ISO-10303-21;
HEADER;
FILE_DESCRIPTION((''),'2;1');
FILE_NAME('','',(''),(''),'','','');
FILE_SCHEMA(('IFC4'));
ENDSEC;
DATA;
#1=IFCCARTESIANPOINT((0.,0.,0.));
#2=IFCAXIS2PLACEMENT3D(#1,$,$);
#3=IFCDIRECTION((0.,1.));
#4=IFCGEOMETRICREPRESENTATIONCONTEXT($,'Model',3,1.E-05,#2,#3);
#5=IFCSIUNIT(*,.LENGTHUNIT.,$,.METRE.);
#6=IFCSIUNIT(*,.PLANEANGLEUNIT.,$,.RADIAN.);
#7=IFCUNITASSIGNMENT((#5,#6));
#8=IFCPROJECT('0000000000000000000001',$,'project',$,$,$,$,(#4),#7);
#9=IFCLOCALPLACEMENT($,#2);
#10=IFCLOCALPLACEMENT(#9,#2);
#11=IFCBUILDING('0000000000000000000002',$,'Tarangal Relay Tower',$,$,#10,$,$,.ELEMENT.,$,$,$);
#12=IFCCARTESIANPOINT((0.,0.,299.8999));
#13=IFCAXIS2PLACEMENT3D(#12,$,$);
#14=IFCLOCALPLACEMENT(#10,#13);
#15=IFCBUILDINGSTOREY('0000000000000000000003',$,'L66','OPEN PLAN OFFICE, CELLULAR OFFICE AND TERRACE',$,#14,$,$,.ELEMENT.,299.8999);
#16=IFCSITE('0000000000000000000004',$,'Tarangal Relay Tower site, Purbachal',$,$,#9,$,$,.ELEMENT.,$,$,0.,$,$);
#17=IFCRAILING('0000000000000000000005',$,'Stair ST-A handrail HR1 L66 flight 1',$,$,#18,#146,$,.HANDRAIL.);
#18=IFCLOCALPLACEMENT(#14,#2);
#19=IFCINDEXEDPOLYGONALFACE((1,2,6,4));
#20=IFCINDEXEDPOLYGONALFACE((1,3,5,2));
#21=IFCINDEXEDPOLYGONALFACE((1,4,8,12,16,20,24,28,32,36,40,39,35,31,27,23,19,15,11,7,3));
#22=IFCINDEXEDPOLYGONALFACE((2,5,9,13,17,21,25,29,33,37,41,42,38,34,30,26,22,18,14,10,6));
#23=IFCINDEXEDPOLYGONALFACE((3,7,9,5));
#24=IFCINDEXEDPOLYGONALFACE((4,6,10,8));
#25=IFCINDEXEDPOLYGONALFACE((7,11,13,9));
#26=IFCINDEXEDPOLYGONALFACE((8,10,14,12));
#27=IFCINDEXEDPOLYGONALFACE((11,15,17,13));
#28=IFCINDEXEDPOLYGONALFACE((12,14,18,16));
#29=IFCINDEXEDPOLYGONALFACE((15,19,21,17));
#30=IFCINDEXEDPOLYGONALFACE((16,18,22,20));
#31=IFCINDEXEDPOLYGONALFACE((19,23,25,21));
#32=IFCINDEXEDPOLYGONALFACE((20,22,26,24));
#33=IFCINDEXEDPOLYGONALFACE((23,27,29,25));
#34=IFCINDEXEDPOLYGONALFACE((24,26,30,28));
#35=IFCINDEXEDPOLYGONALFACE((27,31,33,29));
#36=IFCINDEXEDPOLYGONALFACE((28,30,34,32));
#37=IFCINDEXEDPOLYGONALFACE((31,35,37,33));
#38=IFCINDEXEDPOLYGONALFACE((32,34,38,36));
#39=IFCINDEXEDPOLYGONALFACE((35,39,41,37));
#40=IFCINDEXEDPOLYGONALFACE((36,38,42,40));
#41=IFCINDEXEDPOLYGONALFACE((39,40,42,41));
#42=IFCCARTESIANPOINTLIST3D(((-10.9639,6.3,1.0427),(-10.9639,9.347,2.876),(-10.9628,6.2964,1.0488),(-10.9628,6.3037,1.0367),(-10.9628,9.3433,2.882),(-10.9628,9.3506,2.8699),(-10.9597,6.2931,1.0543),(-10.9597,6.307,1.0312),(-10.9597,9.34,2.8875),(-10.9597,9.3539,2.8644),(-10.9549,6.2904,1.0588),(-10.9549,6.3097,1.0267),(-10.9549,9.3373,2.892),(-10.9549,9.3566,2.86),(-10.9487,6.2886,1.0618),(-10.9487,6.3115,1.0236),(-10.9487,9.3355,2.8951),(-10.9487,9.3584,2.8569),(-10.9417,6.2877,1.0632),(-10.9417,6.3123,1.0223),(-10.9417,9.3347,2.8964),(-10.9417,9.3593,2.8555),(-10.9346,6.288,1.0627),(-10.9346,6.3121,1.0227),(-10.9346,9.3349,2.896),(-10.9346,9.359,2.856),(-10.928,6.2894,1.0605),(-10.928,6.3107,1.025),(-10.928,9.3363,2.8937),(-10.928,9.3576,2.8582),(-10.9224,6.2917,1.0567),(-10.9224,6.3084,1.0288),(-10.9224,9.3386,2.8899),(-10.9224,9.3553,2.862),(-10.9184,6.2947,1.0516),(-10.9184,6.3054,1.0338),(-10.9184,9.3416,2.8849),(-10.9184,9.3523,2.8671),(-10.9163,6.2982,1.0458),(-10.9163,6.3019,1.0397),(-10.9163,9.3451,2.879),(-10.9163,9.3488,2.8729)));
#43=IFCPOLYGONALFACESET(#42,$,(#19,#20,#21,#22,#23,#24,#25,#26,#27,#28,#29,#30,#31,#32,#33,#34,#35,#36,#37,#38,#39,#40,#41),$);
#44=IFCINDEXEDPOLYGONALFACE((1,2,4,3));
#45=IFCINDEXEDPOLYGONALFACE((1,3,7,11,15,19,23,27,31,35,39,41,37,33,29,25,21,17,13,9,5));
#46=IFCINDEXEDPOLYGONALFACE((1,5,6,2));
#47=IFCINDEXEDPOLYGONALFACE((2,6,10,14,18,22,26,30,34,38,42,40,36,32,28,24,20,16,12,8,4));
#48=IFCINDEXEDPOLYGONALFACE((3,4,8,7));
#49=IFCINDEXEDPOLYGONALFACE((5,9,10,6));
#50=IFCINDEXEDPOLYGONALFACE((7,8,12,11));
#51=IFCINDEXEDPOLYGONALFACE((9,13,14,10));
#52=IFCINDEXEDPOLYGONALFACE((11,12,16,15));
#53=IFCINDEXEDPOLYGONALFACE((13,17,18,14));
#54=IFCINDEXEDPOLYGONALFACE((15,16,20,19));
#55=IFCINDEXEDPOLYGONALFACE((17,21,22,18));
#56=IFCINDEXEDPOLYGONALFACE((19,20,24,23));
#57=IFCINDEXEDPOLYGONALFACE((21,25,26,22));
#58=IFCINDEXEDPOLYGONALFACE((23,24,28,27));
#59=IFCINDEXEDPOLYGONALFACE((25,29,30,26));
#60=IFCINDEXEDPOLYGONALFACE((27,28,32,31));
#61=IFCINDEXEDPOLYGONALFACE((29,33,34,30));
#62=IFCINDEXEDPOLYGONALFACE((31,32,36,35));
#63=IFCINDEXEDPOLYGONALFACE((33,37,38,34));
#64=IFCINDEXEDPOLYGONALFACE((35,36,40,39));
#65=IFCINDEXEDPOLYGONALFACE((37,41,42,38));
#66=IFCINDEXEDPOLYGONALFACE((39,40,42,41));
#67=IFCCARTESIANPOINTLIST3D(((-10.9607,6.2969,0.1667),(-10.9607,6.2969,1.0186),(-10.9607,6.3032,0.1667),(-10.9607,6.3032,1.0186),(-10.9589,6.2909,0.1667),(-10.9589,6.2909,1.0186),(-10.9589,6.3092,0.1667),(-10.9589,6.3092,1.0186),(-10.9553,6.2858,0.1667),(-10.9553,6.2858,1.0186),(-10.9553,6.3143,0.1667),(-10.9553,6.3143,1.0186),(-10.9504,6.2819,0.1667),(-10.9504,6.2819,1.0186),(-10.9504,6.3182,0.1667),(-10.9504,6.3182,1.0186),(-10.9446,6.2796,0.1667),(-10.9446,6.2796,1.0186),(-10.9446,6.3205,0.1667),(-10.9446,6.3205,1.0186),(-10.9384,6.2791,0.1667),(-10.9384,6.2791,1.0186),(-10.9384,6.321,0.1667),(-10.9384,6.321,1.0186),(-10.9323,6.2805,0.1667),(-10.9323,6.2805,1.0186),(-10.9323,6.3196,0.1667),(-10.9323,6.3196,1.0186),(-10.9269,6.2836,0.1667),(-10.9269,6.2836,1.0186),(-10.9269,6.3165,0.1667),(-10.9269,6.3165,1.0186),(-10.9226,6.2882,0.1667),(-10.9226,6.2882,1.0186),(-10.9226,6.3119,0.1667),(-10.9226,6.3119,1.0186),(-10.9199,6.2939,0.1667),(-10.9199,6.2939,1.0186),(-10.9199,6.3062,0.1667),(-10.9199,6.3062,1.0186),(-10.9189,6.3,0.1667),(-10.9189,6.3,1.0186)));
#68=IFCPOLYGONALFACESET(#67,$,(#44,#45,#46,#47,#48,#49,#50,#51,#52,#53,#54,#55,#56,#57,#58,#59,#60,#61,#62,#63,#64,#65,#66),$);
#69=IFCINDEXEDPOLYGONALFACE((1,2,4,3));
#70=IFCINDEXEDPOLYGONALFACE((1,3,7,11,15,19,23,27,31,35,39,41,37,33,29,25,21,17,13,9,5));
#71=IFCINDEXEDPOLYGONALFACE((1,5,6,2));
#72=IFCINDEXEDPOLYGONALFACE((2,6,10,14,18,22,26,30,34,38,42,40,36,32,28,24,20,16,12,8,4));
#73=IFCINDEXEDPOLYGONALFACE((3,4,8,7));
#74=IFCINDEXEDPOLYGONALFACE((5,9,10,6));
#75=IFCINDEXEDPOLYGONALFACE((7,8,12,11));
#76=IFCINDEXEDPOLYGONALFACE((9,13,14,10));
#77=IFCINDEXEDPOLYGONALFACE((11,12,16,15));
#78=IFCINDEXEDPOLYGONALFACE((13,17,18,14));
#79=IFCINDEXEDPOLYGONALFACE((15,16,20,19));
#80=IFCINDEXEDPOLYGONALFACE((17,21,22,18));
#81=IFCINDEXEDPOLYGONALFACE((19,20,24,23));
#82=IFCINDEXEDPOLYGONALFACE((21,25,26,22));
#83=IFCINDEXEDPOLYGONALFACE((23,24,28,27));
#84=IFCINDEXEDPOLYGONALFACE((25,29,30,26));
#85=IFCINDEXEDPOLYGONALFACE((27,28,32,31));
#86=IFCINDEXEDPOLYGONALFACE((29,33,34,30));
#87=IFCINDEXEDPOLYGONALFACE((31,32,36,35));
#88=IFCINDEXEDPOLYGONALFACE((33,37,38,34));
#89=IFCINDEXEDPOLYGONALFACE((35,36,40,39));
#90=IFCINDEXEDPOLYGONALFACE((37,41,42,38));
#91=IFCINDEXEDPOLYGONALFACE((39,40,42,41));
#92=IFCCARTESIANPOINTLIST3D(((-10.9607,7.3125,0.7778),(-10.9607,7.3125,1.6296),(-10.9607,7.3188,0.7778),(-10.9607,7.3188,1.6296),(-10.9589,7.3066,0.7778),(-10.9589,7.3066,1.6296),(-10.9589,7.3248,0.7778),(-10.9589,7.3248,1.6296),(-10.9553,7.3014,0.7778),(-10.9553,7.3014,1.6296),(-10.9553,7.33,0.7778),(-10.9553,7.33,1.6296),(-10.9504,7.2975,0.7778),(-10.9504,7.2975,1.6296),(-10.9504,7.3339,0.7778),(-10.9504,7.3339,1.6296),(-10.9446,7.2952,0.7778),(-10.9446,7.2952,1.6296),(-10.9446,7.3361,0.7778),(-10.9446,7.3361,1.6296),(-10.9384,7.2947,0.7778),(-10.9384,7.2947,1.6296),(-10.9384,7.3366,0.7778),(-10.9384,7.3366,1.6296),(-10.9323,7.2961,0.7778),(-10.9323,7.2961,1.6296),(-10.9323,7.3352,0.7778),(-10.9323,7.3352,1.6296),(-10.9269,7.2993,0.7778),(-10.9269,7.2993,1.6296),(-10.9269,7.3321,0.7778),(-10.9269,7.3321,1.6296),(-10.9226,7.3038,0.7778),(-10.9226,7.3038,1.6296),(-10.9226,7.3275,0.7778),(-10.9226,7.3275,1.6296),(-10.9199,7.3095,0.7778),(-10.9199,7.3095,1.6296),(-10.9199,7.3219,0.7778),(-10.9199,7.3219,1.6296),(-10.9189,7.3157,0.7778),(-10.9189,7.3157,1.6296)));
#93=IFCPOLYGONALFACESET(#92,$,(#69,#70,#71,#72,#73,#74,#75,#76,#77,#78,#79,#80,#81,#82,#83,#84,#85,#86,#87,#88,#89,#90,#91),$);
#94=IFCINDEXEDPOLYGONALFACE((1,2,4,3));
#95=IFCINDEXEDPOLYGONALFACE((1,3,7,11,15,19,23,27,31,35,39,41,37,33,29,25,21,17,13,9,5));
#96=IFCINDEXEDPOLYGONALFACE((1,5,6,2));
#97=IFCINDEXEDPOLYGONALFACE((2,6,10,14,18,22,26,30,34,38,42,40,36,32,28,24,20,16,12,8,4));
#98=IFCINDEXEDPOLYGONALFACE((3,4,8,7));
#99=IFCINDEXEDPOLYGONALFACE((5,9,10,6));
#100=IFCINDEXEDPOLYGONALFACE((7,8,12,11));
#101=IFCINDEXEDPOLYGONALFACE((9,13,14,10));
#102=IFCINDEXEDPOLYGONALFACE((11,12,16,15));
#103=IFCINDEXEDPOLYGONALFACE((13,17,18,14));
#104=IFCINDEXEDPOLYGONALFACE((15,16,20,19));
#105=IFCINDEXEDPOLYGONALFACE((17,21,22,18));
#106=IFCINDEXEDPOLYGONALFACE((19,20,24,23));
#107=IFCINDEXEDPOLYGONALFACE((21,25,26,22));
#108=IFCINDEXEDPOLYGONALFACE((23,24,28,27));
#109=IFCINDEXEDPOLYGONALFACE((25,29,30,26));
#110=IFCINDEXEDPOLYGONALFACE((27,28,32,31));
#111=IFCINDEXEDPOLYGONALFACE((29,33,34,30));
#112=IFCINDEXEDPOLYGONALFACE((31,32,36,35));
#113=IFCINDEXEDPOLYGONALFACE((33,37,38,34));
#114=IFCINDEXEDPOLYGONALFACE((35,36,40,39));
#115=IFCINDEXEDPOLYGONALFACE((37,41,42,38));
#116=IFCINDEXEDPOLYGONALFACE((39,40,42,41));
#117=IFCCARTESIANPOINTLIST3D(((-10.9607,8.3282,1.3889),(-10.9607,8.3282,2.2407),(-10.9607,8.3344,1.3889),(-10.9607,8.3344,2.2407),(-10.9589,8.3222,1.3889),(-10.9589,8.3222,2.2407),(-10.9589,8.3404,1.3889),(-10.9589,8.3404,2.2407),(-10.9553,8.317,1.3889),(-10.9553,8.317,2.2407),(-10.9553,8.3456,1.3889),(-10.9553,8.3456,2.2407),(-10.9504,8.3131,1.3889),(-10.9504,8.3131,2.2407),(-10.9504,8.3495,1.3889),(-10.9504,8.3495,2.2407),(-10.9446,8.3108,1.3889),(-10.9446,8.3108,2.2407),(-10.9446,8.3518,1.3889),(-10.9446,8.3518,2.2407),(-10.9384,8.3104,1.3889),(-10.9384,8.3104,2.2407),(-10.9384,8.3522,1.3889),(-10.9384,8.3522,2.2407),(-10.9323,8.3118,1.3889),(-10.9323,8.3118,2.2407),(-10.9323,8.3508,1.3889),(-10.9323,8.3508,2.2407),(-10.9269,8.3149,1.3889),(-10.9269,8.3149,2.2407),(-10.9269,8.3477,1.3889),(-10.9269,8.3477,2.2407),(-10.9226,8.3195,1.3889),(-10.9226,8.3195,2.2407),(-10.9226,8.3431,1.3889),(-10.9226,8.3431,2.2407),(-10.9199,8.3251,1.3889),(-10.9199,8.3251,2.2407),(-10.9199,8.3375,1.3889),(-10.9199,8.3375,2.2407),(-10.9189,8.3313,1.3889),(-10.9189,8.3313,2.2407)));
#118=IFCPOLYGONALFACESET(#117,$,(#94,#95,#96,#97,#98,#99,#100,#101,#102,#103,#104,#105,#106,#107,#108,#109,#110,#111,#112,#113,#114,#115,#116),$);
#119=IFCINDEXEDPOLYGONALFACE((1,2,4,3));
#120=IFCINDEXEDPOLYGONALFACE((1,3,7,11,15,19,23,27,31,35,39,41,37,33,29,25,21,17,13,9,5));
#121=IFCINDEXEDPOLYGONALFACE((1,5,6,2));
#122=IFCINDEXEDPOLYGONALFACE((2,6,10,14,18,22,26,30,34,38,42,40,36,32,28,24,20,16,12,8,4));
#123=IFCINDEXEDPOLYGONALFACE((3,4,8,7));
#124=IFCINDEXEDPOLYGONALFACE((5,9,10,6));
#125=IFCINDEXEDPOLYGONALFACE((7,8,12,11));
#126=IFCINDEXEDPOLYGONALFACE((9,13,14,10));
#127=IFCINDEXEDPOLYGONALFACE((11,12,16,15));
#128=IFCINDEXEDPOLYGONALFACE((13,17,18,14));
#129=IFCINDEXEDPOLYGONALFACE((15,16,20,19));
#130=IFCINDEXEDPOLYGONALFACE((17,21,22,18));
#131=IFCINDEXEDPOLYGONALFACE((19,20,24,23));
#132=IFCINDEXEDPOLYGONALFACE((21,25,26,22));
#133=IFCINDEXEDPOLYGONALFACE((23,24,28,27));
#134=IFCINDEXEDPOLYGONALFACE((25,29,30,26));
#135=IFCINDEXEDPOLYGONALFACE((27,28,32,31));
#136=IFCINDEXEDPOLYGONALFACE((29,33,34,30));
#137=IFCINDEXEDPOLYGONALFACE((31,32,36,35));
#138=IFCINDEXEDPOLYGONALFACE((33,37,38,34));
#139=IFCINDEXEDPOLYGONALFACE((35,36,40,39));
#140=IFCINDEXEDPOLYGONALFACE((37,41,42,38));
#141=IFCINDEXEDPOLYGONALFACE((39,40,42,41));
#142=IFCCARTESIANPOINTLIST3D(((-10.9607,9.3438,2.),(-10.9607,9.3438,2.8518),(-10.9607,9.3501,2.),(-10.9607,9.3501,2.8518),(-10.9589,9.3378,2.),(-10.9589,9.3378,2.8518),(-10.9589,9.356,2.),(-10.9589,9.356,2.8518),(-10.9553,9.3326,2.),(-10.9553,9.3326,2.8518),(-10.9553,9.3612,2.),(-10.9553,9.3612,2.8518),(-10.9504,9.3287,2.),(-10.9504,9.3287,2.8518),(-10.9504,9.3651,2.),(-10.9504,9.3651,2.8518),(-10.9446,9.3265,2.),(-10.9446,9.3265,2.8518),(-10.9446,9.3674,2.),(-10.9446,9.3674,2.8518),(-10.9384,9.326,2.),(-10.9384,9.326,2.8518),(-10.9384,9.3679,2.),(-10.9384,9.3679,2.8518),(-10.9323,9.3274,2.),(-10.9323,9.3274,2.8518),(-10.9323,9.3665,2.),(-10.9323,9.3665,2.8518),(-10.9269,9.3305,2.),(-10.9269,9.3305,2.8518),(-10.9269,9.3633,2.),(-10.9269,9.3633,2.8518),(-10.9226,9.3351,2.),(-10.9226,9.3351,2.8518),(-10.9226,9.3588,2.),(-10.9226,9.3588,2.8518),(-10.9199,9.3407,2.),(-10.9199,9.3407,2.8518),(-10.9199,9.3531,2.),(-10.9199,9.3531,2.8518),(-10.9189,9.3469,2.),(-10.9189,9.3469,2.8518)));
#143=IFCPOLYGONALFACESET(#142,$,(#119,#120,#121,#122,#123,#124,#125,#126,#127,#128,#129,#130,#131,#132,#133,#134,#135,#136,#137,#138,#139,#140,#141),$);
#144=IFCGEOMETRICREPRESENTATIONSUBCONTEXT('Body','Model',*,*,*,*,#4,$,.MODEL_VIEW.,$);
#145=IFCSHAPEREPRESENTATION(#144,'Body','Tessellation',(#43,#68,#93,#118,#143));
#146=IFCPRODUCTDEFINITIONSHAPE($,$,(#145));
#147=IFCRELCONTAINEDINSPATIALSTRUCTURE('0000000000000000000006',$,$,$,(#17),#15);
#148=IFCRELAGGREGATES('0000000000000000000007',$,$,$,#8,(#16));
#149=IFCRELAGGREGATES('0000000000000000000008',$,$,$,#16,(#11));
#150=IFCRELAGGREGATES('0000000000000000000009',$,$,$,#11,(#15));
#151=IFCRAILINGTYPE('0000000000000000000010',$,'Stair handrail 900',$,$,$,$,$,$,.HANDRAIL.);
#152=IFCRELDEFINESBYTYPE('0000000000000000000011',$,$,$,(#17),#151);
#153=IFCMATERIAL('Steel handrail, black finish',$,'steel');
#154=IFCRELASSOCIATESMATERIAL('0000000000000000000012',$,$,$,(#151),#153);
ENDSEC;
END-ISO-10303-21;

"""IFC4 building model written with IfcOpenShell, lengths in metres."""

from ifc_helpers import new_model, si_unit, direction, frame, origin, origin_2d, place, context, subcontext, project, spatial, circle, extrude, material, type_object, element, save


model = new_model("IFC4")

# Units and contexts
model_context = context("Model", 3, precision=1e-05, world=origin(), true_north=direction((0.0, 1.0)))
body_context = subcontext(model_context, "Body", "Model", "MODEL_VIEW")
ifc_project = project(units=[si_unit("LENGTHUNIT", "METRE"), si_unit("PLANEANGLEUNIT", "RADIAN")], contexts=[model_context])

# Site, building, storey
site_placement = place(None, origin())
site = spatial("IfcSite", under=ifc_project, at=site_placement, Name="Tarangal Relay Tower site, Purbachal", CompositionType="ELEMENT", RefElevation=0.0)
building_placement = place(site_placement, origin())
building = spatial("IfcBuilding", under=site, at=building_placement, Name="Tarangal Relay Tower", CompositionType="ELEMENT")
storey_placement = place(building_placement, frame((0.0, 0.0, 299.8999)))
storey = spatial("IfcBuildingStorey", under=building, at=storey_placement, Name="L66", Description="OPEN PLAN OFFICE, CELLULAR OFFICE AND TERRACE", CompositionType="ELEMENT", Elevation=299.8999)

# Railing
ifc_material_1 = material(Name="Steel handrail, black finish", Category="steel")
railing_type = type_object("IfcRailingType", Name="Stair handrail 900", PredefinedType="HANDRAIL", material=ifc_material_1)
railing_placement = place(storey_placement, frame((-10.9399, 6.3, 0.1667)))
element("IfcRailing", 1, at=railing_placement, inside=storey, type_object=railing_type, Name="Stair ST-A handrail HR1 L66 flight 1", PredefinedType="HANDRAIL", context=body_context, shape_type="SweptSolid", body=[
    extrude(circle(Radius=0.0239, at=origin_2d()), frame((0.0, 0.0, 0.876), z_axis=(0.0, 0.856856, 0.515556), x_axis=(-1.0, 0.0, 0.0)), (0.0, 0.0, 1.0), 3.5559),
    extrude(circle(Radius=0.021, at=origin_2d()), origin(), (0.0, 0.0, 1.0), 0.8518),
    extrude(circle(Radius=0.021, at=origin_2d()), frame((0.0, 1.0156, 0.6111)), (0.0, 0.0, 1.0), 0.8518),
    extrude(circle(Radius=0.021, at=origin_2d()), frame((0.0, 2.0312, 1.2222)), (0.0, 0.0, 1.0), 0.8518),
    extrude(circle(Radius=0.021, at=origin_2d()), frame((0.0, 3.0469, 1.8333)), (0.0, 0.0, 1.0), 0.8518),
])

save(model, "model.ifc")
